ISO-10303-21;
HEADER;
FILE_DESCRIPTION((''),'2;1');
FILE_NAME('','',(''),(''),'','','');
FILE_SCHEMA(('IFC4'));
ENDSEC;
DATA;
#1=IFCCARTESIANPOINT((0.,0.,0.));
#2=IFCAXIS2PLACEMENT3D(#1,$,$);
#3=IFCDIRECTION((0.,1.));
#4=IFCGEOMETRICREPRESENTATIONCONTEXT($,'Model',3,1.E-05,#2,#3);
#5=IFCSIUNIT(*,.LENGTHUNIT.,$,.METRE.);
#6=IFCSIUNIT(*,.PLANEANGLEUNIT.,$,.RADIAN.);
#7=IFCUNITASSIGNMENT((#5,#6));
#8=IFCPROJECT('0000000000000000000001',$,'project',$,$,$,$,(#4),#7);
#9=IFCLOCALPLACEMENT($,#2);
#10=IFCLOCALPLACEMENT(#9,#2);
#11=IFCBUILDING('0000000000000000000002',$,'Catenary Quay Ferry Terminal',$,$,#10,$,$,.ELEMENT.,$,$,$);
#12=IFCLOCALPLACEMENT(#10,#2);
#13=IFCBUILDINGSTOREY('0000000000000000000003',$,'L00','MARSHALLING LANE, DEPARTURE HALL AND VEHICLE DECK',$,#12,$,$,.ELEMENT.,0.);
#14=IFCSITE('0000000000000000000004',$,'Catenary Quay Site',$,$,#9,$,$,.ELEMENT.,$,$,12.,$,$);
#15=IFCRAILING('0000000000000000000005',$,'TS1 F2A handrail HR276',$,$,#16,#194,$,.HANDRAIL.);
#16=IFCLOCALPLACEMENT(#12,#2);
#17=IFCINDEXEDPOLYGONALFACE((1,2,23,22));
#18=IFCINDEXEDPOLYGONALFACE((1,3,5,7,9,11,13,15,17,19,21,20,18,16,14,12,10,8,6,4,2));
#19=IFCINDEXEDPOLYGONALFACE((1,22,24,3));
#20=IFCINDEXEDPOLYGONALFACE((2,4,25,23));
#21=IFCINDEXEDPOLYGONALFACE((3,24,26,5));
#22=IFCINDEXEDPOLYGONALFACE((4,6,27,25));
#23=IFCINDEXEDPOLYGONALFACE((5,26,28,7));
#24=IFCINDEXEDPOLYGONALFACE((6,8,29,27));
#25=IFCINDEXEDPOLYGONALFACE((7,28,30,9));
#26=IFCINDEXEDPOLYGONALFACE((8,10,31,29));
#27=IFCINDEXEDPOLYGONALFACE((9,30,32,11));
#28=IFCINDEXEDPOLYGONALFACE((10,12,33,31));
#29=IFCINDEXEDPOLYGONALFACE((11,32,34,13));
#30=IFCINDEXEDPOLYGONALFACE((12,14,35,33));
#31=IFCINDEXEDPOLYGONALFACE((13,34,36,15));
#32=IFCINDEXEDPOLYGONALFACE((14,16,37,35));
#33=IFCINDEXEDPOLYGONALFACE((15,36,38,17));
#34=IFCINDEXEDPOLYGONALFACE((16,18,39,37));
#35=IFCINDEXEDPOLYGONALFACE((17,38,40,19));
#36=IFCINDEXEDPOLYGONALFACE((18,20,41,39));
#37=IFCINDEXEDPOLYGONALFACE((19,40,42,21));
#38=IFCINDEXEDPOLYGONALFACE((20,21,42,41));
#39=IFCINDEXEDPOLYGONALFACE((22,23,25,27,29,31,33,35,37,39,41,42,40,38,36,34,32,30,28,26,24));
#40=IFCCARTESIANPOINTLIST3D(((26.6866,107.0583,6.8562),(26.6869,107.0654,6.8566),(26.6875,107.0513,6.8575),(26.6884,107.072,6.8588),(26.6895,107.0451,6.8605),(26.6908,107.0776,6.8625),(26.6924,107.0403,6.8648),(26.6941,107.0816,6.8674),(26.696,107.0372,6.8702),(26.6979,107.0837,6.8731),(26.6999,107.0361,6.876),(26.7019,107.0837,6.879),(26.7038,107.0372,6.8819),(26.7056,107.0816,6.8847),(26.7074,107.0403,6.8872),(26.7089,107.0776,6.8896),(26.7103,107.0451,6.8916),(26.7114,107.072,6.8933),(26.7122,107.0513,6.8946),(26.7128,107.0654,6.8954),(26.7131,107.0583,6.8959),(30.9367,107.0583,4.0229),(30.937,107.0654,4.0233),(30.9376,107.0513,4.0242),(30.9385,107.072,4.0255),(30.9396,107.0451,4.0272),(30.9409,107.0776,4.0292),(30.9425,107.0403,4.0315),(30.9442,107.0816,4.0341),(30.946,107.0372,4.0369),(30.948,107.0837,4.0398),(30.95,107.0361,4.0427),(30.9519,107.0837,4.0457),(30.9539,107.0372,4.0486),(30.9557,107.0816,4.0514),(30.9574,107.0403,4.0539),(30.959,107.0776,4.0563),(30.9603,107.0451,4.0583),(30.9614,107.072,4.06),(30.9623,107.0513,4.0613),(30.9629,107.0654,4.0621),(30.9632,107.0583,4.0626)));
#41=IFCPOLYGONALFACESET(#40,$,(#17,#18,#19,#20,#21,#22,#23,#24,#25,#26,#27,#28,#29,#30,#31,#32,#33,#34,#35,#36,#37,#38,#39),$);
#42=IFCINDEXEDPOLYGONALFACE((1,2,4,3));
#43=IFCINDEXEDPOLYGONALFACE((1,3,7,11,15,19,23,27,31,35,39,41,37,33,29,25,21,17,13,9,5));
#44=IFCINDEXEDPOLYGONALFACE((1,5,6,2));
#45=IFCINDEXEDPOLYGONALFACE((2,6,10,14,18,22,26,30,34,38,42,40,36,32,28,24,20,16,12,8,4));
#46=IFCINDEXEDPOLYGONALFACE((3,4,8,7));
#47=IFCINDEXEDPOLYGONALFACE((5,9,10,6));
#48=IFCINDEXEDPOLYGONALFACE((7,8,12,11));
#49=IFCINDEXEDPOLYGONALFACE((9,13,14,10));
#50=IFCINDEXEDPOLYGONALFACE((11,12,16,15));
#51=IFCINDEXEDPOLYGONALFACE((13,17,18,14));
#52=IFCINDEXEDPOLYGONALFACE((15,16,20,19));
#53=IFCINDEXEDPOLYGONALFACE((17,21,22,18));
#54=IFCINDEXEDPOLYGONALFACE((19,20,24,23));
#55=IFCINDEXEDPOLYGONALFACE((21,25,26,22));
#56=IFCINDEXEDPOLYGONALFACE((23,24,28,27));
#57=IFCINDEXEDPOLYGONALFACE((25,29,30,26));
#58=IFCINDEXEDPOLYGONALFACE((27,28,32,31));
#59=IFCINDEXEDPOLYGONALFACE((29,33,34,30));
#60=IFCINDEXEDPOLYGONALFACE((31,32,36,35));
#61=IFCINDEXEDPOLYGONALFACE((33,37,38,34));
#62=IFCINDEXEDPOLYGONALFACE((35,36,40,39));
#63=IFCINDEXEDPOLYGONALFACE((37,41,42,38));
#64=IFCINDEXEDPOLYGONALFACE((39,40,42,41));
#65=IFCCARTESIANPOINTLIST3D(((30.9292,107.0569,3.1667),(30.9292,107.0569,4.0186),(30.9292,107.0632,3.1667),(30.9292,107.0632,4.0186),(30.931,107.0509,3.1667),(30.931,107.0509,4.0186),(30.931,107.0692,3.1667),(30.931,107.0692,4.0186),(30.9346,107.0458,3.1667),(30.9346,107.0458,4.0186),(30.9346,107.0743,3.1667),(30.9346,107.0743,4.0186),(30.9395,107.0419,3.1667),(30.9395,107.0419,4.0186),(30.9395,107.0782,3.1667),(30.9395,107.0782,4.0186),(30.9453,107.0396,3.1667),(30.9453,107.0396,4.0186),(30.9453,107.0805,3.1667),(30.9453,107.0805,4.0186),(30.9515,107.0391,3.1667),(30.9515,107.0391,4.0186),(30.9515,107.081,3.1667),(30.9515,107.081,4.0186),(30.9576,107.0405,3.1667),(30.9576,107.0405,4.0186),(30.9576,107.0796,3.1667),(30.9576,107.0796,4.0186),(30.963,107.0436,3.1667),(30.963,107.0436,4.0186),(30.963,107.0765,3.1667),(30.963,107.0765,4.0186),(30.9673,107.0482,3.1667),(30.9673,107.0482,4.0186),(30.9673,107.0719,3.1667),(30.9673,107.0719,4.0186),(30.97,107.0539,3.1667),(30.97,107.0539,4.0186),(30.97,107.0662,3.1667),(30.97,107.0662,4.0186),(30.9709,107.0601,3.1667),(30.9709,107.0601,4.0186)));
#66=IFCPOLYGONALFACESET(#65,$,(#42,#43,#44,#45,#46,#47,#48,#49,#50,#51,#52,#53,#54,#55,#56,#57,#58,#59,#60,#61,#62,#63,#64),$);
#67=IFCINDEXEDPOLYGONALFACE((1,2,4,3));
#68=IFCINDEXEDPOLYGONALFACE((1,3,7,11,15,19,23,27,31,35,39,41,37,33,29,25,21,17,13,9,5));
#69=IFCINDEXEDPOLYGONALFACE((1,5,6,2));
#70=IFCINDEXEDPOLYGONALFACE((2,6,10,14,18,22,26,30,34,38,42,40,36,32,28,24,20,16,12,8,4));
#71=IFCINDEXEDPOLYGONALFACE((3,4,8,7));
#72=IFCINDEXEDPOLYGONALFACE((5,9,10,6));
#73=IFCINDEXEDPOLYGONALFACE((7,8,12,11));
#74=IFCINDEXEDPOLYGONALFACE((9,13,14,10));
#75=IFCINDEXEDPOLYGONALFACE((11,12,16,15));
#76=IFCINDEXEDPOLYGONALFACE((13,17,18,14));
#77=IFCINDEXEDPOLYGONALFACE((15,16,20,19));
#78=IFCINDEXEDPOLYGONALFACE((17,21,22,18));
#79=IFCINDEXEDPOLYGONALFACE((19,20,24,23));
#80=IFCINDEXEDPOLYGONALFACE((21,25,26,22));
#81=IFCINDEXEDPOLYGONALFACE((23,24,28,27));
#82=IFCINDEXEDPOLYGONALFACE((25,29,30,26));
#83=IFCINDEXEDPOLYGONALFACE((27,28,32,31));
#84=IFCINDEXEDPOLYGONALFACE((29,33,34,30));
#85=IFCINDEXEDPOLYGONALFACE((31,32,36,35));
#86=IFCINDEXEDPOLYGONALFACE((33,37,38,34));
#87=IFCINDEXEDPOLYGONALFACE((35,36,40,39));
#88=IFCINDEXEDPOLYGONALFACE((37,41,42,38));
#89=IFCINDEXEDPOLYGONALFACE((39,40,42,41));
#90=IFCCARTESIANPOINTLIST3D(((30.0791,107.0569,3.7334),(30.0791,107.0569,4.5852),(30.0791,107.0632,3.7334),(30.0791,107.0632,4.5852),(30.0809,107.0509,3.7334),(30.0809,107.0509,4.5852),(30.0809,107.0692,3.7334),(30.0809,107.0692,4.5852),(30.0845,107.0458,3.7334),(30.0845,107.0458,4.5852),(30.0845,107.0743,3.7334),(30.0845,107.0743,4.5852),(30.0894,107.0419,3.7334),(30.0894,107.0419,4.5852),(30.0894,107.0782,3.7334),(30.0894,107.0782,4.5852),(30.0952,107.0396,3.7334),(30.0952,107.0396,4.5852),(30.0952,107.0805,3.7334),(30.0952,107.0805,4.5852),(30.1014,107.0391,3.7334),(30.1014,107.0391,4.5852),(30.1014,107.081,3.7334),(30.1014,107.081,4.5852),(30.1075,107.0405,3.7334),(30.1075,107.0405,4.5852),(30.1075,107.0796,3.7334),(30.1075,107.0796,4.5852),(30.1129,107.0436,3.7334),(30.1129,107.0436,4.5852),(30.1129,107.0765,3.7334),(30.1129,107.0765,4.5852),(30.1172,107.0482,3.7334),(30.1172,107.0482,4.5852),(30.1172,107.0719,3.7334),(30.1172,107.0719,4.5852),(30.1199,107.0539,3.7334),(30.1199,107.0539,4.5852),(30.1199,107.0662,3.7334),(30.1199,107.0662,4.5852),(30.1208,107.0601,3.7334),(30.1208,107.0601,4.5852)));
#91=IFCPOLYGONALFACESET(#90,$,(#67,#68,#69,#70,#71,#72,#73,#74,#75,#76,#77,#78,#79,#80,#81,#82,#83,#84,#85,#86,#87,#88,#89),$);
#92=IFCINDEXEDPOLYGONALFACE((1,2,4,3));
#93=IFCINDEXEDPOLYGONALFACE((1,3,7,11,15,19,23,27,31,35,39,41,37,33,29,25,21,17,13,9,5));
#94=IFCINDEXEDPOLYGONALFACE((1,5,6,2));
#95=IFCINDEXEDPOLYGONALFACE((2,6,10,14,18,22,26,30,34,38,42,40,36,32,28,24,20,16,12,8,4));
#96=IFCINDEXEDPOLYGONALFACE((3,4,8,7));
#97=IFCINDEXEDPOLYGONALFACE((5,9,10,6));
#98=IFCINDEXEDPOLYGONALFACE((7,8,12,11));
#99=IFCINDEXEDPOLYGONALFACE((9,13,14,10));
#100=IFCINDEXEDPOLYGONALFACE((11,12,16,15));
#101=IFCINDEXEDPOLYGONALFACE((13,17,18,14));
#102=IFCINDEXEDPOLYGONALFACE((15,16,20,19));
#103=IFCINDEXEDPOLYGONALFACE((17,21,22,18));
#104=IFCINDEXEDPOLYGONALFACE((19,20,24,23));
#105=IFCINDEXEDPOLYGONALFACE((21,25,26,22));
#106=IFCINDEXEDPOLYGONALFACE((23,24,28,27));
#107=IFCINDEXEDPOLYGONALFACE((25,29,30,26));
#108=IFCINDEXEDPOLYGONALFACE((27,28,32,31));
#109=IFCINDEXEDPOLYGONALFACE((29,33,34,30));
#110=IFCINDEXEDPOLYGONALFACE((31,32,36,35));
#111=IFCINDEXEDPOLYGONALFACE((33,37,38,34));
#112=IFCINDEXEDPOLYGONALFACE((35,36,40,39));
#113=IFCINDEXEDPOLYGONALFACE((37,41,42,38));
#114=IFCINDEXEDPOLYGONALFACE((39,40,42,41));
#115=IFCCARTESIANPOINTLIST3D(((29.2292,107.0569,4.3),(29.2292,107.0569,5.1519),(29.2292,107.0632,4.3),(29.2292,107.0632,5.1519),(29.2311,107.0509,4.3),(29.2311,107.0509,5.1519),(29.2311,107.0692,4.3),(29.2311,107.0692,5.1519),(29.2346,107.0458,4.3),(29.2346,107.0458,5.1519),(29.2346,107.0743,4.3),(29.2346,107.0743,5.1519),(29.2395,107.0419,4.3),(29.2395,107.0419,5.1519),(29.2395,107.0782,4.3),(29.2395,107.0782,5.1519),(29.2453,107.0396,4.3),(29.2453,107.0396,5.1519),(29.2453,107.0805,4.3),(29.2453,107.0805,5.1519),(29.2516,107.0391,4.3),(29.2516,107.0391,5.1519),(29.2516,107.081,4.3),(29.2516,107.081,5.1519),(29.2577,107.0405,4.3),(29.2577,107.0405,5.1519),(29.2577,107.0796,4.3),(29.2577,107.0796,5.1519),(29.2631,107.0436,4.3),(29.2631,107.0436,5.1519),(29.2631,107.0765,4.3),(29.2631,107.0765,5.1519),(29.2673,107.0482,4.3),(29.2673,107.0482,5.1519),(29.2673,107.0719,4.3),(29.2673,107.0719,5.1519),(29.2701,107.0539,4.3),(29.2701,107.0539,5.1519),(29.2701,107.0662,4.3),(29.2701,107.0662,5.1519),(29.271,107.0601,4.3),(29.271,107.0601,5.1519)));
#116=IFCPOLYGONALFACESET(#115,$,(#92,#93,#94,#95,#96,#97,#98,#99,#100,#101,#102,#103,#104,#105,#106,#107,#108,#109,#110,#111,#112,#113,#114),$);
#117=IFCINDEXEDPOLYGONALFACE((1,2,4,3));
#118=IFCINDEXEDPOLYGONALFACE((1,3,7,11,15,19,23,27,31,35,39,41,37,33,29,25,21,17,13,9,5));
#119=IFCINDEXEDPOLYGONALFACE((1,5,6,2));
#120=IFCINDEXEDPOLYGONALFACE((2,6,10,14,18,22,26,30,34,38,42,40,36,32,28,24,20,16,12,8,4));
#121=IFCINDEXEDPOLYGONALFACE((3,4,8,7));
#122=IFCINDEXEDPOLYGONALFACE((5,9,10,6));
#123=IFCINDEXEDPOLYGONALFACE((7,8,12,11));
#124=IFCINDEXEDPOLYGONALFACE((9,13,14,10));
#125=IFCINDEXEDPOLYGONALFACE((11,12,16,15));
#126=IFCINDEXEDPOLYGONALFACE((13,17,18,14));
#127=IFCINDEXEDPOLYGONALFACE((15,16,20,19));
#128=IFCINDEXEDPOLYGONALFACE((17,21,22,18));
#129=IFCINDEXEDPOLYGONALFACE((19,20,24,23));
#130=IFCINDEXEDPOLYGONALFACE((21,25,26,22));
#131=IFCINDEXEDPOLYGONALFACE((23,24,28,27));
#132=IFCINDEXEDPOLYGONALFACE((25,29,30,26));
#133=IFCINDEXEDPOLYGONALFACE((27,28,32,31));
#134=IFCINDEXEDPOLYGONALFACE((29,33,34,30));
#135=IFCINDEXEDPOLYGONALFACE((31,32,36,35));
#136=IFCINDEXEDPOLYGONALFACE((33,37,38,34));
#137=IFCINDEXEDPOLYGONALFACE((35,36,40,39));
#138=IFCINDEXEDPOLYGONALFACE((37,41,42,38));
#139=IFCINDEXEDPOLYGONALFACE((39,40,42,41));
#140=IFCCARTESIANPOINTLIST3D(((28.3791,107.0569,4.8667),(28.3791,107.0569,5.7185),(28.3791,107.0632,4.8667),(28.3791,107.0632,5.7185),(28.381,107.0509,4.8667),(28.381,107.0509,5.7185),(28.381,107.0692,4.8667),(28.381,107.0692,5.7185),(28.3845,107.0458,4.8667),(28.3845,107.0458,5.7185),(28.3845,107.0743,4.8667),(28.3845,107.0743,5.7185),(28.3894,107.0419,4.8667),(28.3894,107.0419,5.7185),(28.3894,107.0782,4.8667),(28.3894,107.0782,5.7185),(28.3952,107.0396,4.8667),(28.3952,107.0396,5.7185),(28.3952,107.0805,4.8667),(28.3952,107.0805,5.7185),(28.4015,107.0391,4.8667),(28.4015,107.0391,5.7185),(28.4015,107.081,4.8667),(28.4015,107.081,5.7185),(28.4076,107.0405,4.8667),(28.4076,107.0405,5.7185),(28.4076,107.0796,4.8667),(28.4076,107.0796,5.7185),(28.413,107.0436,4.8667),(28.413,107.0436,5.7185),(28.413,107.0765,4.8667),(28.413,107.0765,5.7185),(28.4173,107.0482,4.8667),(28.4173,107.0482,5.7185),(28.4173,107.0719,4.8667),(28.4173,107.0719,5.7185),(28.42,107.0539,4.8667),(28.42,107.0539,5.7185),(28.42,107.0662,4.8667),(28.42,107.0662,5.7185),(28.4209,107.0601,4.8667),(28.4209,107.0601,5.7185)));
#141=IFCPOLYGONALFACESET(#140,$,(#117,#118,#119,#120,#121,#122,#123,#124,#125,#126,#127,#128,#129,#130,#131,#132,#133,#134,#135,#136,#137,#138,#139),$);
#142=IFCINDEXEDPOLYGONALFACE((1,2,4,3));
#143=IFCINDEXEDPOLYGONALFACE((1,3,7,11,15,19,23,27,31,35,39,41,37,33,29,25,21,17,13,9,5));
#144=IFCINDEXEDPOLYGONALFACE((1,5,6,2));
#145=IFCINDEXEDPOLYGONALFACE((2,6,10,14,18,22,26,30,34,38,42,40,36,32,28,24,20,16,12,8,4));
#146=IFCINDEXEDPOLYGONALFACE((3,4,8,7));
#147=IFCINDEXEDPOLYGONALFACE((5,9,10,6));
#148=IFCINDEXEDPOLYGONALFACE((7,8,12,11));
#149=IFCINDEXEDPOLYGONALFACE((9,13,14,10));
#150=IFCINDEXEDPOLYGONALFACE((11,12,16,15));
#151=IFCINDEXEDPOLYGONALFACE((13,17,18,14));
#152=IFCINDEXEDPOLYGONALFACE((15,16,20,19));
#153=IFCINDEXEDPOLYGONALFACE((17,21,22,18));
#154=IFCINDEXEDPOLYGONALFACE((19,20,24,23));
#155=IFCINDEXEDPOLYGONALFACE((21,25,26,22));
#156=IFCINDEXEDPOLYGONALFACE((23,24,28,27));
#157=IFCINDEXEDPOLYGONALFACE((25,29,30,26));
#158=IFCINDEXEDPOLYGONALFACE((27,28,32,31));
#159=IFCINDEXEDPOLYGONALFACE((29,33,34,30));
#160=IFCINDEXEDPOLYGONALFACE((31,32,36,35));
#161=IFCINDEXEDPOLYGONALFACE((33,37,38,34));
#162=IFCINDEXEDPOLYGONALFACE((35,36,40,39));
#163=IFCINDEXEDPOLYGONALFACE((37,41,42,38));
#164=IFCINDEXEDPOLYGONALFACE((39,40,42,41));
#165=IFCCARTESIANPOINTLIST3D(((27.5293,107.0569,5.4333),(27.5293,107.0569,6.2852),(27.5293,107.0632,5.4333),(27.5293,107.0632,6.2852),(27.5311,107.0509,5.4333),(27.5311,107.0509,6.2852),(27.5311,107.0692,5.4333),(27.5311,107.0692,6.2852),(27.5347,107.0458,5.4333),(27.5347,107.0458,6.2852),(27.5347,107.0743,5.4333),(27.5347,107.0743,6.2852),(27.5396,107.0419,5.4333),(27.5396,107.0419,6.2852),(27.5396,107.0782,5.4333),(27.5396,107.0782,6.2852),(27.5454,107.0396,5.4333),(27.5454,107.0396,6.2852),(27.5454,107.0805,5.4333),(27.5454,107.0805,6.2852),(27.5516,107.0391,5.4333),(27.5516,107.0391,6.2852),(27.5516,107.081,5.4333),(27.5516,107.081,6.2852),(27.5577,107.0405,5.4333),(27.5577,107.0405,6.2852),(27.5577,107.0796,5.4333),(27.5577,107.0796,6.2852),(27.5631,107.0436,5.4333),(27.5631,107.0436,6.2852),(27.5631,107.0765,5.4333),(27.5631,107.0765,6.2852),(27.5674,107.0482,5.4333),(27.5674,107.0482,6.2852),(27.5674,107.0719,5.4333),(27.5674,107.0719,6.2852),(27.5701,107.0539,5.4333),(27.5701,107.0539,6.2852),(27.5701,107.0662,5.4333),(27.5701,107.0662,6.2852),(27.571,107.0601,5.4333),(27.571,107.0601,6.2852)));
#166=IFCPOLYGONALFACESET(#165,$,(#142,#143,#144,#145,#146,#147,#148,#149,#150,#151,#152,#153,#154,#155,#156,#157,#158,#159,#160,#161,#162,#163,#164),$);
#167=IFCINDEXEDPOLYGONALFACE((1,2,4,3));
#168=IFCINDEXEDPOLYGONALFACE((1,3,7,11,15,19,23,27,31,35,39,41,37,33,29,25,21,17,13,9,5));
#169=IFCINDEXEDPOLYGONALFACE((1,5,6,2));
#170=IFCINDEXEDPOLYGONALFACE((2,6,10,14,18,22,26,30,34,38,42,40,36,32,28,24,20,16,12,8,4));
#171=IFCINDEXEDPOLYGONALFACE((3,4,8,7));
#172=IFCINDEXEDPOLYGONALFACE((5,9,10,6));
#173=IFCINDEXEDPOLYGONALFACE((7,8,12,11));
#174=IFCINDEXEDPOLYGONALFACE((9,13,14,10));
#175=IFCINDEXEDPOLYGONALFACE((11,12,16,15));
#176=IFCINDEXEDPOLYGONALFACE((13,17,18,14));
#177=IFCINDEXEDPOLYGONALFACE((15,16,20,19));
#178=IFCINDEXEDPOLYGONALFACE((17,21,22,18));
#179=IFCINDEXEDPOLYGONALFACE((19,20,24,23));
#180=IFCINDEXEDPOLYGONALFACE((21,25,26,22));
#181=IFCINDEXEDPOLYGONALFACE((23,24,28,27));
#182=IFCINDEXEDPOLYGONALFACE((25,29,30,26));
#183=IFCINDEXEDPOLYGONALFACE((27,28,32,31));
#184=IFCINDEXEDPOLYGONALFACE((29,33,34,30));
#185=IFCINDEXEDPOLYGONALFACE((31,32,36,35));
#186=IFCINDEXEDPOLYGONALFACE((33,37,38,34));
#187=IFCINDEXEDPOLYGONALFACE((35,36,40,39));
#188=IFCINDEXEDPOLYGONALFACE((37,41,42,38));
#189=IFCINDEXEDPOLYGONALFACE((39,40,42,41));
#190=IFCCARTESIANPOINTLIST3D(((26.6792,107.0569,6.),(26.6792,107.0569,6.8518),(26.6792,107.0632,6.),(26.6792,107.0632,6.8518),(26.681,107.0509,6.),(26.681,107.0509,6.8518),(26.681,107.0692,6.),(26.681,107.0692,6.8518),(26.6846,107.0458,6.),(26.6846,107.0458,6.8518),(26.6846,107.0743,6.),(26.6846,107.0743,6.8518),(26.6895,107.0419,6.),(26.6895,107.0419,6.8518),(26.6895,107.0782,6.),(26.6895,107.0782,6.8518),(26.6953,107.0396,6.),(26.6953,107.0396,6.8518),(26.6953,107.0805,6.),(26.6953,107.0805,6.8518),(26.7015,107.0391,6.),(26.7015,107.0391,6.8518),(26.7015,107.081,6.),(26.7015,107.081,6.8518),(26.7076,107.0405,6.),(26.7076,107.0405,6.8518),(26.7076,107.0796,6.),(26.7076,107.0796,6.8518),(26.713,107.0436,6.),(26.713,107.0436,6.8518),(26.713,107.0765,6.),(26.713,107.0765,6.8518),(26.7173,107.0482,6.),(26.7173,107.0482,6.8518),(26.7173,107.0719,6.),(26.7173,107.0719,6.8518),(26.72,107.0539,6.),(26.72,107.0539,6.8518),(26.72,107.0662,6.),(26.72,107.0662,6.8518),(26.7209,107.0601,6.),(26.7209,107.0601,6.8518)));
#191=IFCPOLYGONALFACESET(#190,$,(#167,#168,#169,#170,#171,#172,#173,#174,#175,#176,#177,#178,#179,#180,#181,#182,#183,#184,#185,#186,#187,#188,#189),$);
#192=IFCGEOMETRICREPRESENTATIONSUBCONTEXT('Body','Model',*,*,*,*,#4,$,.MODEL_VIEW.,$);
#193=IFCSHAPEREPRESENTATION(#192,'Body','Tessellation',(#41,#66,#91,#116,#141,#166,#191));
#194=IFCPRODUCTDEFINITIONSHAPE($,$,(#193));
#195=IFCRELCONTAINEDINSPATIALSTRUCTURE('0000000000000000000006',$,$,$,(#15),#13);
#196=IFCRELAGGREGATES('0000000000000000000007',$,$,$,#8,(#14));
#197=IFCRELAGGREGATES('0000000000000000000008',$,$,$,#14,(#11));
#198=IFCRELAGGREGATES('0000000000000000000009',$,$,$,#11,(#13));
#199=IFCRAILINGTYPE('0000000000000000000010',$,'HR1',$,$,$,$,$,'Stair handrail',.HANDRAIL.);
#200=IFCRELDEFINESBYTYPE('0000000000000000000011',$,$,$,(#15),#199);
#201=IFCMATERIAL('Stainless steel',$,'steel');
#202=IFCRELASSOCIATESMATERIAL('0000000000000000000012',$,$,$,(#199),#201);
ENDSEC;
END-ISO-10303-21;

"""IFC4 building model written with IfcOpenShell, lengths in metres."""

from ifc_helpers import new_model, si_unit, direction, frame, origin, origin_2d, place, context, subcontext, project, spatial, circle, extrude, material, type_object, element, save


model = new_model("IFC4")

# Units and contexts
model_context = context("Model", 3, precision=1e-05, world=origin(), true_north=direction((0.0, 1.0)))
body_context = subcontext(model_context, "Body", "Model", "MODEL_VIEW")
ifc_project = project(units=[si_unit("LENGTHUNIT", "METRE"), si_unit("PLANEANGLEUNIT", "RADIAN")], contexts=[model_context])

# Site, building, storey
site_placement = place(None, origin())
site = spatial("IfcSite", under=ifc_project, at=site_placement, Name="Catenary Quay Site", CompositionType="ELEMENT", RefElevation=12.0)
building_placement = place(site_placement, origin())
building = spatial("IfcBuilding", under=site, at=building_placement, Name="Catenary Quay Ferry Terminal", CompositionType="ELEMENT")
storey_placement = place(building_placement, origin())
storey = spatial("IfcBuildingStorey", under=building, at=storey_placement, Name="L00", Description="MARSHALLING LANE, DEPARTURE HALL AND VEHICLE DECK", CompositionType="ELEMENT", Elevation=0.0)

# Railing
ifc_material_1 = material(Name="Stainless steel", Category="steel")
railing_type_1 = type_object("IfcRailingType", Name="HR1", ElementType="Stair handrail", PredefinedType="HANDRAIL", material=ifc_material_1)
for number, where, name in (
    (1, (30.95, 107.0601, 3.1667), "TS1 F2A handrail HR276"),
):
    element("IfcRailing", number, at=place(storey_placement, frame(where)), inside=storey, type_object=railing_type_1, Name=name, PredefinedType="HANDRAIL", context=body_context, shape_type="SweptSolid", body=[
        extrude(circle(Radius=0.0239, at=origin_2d()), frame((0.0, 0.0, 0.876), z_axis=(-0.832058, 0.0, 0.554689), x_axis=(0.0, -1.0, 0.0)), (0.0, 0.0, 1.0), 5.1079),
        extrude(circle(Radius=0.021, at=origin_2d()), origin(), (0.0, 0.0, 1.0), 0.8518),
        extrude(circle(Radius=0.021, at=origin_2d()), frame((-0.8501, 0.0, 0.5667)), (0.0, 0.0, 1.0), 0.8518),
        extrude(circle(Radius=0.021, at=origin_2d()), frame((-1.7, 0.0, 1.1333)), (0.0, 0.0, 1.0), 0.8518),
        extrude(circle(Radius=0.021, at=origin_2d()), frame((-2.55, 0.0, 1.7)), (0.0, 0.0, 1.0), 0.8518),
        extrude(circle(Radius=0.021, at=origin_2d()), frame((-3.3999, 0.0, 2.2666)), (0.0, 0.0, 1.0), 0.8518),
        extrude(circle(Radius=0.021, at=origin_2d()), frame((-4.25, 0.0, 2.8333)), (0.0, 0.0, 1.0), 0.8518),
    ])

save(model, "model.ifc")
